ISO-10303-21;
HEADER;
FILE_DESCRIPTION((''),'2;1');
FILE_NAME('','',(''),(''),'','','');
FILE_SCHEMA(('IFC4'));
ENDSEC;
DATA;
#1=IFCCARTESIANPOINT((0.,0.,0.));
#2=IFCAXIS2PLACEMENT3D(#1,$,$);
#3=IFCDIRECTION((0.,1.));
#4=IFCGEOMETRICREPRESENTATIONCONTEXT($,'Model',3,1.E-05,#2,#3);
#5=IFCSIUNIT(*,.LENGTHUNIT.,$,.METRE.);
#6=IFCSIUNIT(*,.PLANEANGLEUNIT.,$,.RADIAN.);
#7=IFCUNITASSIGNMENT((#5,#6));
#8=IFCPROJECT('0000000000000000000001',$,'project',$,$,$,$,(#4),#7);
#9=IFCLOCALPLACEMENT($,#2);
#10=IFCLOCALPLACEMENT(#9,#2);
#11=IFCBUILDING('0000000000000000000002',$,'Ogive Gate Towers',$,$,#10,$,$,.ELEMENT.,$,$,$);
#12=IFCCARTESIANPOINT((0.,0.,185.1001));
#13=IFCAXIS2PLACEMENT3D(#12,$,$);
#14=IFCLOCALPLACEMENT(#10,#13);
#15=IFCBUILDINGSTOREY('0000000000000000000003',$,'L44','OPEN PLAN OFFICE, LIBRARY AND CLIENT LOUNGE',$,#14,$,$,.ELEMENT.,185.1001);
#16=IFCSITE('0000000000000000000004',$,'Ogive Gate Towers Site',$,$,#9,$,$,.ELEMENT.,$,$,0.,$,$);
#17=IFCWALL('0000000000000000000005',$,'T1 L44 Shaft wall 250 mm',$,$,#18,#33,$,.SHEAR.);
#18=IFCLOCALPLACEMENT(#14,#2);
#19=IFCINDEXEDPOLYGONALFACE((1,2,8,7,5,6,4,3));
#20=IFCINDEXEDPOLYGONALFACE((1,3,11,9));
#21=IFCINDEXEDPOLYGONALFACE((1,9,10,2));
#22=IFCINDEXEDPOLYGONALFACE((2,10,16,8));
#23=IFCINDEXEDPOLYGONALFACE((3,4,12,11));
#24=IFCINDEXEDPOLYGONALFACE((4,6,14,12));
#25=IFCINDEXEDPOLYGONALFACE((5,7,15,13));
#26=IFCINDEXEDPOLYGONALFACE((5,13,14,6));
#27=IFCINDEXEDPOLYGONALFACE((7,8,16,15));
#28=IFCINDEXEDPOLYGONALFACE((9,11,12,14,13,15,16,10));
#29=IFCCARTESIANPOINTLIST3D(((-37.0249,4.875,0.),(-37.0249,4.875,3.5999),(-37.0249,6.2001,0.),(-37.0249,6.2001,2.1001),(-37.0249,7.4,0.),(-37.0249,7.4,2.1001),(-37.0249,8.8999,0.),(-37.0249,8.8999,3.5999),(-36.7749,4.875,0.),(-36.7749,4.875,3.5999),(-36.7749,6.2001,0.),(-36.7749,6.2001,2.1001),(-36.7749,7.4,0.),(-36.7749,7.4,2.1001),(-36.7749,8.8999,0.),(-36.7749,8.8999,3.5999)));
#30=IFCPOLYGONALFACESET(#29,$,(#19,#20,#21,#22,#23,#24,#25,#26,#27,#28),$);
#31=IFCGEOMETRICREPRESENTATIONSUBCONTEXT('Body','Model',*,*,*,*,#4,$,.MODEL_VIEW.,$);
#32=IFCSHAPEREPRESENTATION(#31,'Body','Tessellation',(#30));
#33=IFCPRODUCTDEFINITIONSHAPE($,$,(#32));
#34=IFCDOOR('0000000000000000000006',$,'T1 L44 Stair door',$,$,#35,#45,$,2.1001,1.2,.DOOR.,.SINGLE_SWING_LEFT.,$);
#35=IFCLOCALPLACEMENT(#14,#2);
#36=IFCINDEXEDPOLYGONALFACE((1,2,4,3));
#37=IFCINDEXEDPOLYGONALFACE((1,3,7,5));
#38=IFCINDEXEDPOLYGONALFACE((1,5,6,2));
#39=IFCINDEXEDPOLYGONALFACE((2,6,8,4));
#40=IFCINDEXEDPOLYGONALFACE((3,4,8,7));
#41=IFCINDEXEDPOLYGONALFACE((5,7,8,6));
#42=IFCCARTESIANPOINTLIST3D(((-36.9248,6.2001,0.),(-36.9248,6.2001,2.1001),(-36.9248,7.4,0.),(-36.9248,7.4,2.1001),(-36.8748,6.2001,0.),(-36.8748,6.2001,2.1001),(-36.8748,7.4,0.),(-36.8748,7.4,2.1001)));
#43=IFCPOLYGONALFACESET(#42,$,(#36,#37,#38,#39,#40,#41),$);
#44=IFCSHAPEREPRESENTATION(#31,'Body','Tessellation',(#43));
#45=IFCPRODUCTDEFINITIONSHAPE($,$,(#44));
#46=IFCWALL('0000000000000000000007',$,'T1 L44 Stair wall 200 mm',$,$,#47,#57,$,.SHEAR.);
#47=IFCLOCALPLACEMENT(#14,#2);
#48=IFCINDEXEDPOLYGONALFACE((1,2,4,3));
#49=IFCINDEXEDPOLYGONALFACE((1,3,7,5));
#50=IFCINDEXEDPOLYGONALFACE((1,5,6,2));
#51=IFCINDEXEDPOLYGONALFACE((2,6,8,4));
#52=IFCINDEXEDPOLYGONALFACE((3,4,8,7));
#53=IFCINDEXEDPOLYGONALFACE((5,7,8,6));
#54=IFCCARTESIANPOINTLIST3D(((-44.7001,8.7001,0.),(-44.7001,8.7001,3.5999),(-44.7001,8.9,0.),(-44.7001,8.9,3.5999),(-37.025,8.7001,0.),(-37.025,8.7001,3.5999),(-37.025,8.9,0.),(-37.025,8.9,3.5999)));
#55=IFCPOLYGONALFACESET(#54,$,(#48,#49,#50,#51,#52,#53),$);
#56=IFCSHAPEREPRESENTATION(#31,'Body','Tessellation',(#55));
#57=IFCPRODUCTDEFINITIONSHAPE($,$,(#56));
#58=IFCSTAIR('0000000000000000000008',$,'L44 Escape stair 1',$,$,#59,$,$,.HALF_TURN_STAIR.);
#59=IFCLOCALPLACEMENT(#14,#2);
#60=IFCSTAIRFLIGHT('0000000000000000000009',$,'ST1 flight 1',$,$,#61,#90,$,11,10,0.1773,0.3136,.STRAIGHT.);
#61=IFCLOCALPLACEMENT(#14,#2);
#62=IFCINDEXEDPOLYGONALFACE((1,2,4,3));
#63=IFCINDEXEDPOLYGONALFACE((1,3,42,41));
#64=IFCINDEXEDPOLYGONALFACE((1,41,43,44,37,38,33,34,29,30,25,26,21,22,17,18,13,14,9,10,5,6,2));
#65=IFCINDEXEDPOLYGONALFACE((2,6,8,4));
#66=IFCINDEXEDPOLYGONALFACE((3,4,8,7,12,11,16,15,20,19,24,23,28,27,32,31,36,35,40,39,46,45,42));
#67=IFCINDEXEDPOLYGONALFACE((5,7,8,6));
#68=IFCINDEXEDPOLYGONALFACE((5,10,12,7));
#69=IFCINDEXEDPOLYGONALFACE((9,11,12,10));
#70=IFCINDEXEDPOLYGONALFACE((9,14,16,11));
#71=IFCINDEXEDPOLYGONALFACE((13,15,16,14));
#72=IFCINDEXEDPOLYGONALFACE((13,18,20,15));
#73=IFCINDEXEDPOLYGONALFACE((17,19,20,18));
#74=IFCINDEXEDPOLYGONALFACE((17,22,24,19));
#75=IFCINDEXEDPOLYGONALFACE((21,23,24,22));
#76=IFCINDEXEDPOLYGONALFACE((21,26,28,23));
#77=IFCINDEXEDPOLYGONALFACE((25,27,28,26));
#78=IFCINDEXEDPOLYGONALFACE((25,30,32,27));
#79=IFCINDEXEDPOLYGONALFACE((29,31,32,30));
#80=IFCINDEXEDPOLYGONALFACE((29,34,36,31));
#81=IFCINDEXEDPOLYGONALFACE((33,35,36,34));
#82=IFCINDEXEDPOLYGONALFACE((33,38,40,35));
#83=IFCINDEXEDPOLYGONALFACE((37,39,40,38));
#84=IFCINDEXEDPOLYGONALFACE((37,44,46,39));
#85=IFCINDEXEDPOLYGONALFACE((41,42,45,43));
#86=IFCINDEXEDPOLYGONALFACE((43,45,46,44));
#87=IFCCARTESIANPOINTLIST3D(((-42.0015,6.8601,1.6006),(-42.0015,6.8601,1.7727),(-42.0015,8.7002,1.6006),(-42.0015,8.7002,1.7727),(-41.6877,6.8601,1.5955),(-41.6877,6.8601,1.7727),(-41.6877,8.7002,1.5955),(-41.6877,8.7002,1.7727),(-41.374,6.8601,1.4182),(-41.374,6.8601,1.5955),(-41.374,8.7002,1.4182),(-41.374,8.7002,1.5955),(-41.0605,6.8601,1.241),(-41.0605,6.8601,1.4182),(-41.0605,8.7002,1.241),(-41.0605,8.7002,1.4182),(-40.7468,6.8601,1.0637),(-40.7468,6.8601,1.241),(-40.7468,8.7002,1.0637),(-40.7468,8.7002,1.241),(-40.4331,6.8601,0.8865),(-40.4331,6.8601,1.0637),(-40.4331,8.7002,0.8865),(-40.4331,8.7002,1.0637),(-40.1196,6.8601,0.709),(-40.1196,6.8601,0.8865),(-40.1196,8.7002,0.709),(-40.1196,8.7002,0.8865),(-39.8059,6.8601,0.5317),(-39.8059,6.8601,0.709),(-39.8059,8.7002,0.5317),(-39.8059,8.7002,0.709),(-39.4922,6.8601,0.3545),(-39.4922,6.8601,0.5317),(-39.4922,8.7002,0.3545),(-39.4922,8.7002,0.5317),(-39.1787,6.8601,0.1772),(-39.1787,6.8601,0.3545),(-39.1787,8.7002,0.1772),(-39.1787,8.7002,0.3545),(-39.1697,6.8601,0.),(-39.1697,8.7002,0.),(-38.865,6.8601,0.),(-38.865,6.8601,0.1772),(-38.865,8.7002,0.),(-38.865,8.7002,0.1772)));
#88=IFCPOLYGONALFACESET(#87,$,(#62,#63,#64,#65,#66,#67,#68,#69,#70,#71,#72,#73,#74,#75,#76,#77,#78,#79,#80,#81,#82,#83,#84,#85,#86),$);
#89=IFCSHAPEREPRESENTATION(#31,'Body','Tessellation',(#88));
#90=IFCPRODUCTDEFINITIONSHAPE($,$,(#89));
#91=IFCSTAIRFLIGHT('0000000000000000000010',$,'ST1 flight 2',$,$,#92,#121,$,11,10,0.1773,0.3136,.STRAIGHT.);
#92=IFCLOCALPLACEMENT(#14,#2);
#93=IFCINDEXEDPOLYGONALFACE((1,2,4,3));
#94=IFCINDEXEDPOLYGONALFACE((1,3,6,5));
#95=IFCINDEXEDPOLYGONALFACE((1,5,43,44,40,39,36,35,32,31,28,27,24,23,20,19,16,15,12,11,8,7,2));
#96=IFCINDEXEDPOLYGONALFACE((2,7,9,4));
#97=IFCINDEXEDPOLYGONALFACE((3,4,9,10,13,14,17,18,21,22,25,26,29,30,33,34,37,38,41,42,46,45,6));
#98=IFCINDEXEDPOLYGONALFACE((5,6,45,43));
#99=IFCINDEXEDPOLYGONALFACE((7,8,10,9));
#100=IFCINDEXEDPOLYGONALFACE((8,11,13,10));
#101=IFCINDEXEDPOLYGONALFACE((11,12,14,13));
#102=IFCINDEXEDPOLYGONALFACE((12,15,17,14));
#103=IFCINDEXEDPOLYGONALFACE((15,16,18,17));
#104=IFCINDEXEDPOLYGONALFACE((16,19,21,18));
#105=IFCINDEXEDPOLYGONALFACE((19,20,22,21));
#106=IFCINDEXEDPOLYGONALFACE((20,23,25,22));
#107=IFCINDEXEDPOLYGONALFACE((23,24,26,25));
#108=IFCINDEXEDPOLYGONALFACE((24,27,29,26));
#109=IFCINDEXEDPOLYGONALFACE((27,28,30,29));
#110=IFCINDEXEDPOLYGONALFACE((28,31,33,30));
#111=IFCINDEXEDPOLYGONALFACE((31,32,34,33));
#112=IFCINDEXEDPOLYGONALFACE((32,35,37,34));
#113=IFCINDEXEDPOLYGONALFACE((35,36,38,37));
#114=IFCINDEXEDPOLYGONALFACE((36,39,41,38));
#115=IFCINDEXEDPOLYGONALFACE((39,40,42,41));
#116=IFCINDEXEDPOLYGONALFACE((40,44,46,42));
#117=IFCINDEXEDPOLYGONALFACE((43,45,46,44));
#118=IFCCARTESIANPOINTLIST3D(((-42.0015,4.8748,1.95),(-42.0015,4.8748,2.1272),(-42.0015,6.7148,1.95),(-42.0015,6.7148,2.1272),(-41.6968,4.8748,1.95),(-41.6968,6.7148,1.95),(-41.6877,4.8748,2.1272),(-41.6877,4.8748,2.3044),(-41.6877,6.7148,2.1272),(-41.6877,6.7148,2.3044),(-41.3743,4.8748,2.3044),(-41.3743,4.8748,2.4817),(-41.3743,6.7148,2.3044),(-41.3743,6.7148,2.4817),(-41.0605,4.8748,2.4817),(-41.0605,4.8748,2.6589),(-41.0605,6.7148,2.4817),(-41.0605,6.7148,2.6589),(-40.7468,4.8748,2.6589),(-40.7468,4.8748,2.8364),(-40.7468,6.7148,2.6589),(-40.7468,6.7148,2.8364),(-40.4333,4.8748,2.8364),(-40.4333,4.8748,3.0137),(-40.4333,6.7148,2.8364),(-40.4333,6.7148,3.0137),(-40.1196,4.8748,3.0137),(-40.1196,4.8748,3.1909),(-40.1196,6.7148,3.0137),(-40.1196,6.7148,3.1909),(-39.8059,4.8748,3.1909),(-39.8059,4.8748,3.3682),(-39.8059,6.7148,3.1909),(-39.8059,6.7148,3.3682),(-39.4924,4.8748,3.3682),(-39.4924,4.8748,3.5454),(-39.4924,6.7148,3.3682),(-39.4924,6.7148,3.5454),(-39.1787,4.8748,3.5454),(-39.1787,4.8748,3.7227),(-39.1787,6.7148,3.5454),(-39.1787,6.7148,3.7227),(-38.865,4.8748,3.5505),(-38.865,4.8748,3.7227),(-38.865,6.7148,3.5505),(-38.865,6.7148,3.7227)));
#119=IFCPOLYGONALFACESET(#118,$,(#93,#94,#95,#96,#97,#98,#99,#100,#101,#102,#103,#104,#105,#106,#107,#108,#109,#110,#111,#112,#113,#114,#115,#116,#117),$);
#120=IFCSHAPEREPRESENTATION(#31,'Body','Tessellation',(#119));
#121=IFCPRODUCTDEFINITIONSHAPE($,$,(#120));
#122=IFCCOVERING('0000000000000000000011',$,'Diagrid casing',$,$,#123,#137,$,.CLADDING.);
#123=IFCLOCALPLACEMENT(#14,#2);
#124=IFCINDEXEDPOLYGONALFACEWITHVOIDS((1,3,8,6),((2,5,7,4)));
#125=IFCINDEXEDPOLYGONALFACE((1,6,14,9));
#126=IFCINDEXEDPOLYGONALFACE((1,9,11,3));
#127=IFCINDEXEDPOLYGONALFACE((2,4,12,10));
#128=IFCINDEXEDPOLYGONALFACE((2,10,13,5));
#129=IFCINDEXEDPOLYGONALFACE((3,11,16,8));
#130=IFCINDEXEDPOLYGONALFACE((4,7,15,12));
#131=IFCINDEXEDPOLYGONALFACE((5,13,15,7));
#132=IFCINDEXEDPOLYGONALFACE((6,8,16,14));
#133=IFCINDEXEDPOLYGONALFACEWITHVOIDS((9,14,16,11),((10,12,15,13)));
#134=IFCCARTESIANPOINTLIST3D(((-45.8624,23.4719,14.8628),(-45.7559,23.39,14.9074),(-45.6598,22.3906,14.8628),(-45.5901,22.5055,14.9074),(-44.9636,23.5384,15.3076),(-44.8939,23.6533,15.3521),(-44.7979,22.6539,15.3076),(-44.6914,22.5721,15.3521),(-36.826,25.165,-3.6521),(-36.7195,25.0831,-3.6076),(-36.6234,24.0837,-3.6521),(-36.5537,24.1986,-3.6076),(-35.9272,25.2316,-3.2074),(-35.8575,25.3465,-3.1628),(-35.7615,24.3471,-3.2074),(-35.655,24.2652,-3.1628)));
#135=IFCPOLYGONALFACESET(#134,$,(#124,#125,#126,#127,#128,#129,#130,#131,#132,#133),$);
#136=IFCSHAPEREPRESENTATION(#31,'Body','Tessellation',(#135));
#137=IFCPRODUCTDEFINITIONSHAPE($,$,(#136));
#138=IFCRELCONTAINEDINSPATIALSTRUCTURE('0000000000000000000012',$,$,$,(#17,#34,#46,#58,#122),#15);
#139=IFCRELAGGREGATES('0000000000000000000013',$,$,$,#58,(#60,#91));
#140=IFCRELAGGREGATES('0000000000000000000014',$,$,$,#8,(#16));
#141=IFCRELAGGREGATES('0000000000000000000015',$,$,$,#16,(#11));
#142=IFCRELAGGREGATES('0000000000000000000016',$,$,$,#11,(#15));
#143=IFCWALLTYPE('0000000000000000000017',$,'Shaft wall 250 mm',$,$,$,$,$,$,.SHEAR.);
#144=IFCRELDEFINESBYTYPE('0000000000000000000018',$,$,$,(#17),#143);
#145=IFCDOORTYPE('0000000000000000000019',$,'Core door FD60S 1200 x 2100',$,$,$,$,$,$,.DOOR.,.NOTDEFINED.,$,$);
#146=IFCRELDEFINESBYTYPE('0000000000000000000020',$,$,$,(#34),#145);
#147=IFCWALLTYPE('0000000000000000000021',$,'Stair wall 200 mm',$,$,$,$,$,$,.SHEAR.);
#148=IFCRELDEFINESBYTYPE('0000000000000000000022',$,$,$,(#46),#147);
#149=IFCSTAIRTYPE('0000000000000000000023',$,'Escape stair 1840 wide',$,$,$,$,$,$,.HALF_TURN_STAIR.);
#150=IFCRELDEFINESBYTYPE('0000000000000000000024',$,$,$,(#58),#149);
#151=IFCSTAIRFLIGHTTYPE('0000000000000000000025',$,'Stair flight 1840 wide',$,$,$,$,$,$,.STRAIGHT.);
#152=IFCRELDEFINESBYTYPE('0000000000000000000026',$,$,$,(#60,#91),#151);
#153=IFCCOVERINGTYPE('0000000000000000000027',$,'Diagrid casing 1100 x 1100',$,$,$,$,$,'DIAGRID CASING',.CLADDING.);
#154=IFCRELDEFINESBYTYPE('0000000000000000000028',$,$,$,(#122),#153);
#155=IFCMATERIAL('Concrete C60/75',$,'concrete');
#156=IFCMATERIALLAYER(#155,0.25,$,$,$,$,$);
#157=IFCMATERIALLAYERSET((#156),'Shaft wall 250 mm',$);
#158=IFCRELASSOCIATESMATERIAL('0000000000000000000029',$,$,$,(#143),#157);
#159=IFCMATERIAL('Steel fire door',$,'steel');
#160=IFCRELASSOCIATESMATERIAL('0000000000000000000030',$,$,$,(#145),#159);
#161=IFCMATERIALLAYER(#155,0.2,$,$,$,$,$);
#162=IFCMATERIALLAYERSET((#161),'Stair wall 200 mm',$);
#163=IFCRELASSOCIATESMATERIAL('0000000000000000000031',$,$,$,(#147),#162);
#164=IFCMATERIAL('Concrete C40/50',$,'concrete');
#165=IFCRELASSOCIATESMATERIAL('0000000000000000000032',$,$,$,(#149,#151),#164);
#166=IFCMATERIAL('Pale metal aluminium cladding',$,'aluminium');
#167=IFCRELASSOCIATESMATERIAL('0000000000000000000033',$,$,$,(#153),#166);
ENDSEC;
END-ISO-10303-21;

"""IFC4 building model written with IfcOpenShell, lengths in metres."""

from ifc_helpers import new_model, si_unit, direction, frame, frame_2d, origin, origin_2d, place, context, subcontext, project, spatial, polyline, rectangle, hollow_rectangle, outline, extrude, material, layer, layer_set, material_profile, profile_set, type_object, element, fill, aggregate, save


model = new_model("IFC4")

# Units and contexts
model_context = context("Model", 3, precision=1e-05, world=origin(), true_north=direction((0.0, 1.0)))
body_context = subcontext(model_context, "Body", "Model", "MODEL_VIEW")
ifc_project = project(units=[si_unit("LENGTHUNIT", "METRE"), si_unit("PLANEANGLEUNIT", "RADIAN")], contexts=[model_context])

# Site, building, storey
site_placement = place(None, origin())
site = spatial("IfcSite", under=ifc_project, at=site_placement, Name="Ogive Gate Towers Site", CompositionType="ELEMENT", RefElevation=0.0)
building_placement = place(site_placement, origin())
building = spatial("IfcBuilding", under=site, at=building_placement, Name="Ogive Gate Towers", CompositionType="ELEMENT")
storey_placement = place(building_placement, frame((0.0, 0.0, 185.1001)))
storey = spatial("IfcBuildingStorey", under=building, at=storey_placement, Name="L44", Description="OPEN PLAN OFFICE, LIBRARY AND CLIENT LOUNGE", CompositionType="ELEMENT", Elevation=185.1001)

# Shared definitions
ifc_material_1 = material(Name="Concrete C60/75", Category="concrete")
ifc_layer_1 = layer(ifc_material_1, 0.25)
ifc_layer_set_1 = layer_set([ifc_layer_1], Name="Shaft wall 250 mm")
wall_type_1 = type_object("IfcWallType", Name="Shaft wall 250 mm", PredefinedType="SHEAR", material=ifc_layer_set_1)

# Wall, opening, door
wall_1_placement = place(storey_placement, frame((-36.8999, 4.875, 0.0), z_axis=(0.0, 0.0, 1.0), x_axis=(0.0, 1.0, 0.0)))
wall_1 = element("IfcWall", 1, at=wall_1_placement, inside=storey, type_object=wall_type_1, Name="T1 L44 Shaft wall 250 mm", PredefinedType="SHEAR", context=body_context, shape_type="SweptSolid", body=[
    extrude(rectangle(XDim=4.0249, YDim=0.25, at=frame_2d((2.0125, 0.0))), origin(), (0.0, 0.0, 1.0), 3.5999),
])
opening_1_placement = place(wall_1_placement, frame((1.325, 0.0, 0.0)))
opening_1 = element("IfcOpeningElement", 2, at=opening_1_placement, cuts=wall_1, PredefinedType="OPENING", context=body_context, shape_type="SweptSolid", body=[
    extrude(rectangle(XDim=1.2, YDim=2.1001, at=frame_2d((0.6001, 1.05))), frame((0.0, 0.135, 0.0), z_axis=(0.0, -1.0, 0.0), x_axis=(1.0, 0.0, 0.0)), (0.0, 0.0, 1.0), 0.27),
])
ifc_material_2 = material(Name="Steel fire door", Category="steel")
door_type_1 = type_object("IfcDoorType", Name="Core door FD60S 1200 x 2100", OperationType="NOTDEFINED", PredefinedType="DOOR", material=ifc_material_2)
door_1_placement = place(opening_1_placement, origin())
door_1 = element("IfcDoor", 3, at=door_1_placement, inside=storey, type_object=door_type_1, Name="T1 L44 Stair door", OperationType="SINGLE_SWING_LEFT", OverallHeight=2.1001, OverallWidth=1.2, PredefinedType="DOOR", context=body_context, shape_type="SweptSolid", body=[
    extrude(rectangle(XDim=1.2, YDim=2.1001, at=frame_2d((0.6001, 1.05))), frame((0.0, 0.0249, 0.0), z_axis=(0.0, -1.0, 0.0), x_axis=(1.0, 0.0, 0.0)), (0.0, 0.0, 1.0), 0.05),
])
fill(opening_1, door_1)

# Wall
ifc_layer_2 = layer(ifc_material_1, 0.2)
ifc_layer_set_2 = layer_set([ifc_layer_2], Name="Stair wall 200 mm")
wall_type_2 = type_object("IfcWallType", Name="Stair wall 200 mm", PredefinedType="SHEAR", material=ifc_layer_set_2)
wall_2_placement = place(storey_placement, frame((-44.7, 8.8, 0.0), z_axis=(0.0, 0.0, 1.0), x_axis=(1.0, 0.0, 0.0)))
element("IfcWall", 4, at=wall_2_placement, inside=storey, type_object=wall_type_2, Name="T1 L44 Stair wall 200 mm", PredefinedType="SHEAR", context=body_context, shape_type="SweptSolid", body=[
    extrude(rectangle(XDim=7.675, YDim=0.2, at=frame_2d((3.8374, 0.0))), origin(), (0.0, 0.0, 1.0), 3.5999),
])

# Stair, stair flights
ifc_material_3 = material(Name="Concrete C40/50", Category="concrete")
stair_type = type_object("IfcStairType", Name="Escape stair 1840 wide", PredefinedType="HALF_TURN_STAIR", material=ifc_material_3)
stair_placement = place(storey_placement, origin())
stair = element("IfcStair", 5, at=stair_placement, inside=storey, type_object=stair_type, Name="L44 Escape stair 1", PredefinedType="HALF_TURN_STAIR")
stair_flight_type = type_object("IfcStairFlightType", Name="Stair flight 1840 wide", PredefinedType="STRAIGHT", material=ifc_material_3)
stair_flight_1_placement = place(storey_placement, frame((-38.865, 7.78, 0.0), z_axis=(0.0, 0.0, 1.0), x_axis=(-1.0, 0.0, 0.0)))
stair_flight_1 = element("IfcStairFlight", 6, at=stair_flight_1_placement, type_object=stair_flight_type, Name="ST1 flight 1", NumberOfRisers=11, NumberOfTreads=10, PredefinedType="STRAIGHT", RiserHeight=0.1773, TreadLength=0.3136, context=body_context, shape_type="SweptSolid", body=[
    extrude(outline(polyline([(0.0, 0.0), (0.0, 0.1772), (0.3137, 0.1772), (0.3137, 0.3545), (0.6272, 0.3545), (0.6272, 0.5317), (0.9409, 0.5317), (0.9409, 0.709), (1.2546, 0.709), (1.2546, 0.8865), (1.5681, 0.8865), (1.5681, 1.0637), (1.8818, 1.0637), (1.8818, 1.241), (2.1956, 1.241), (2.1956, 1.4182), (2.509, 1.4182), (2.509, 1.5955), (2.8228, 1.5955), (2.8228, 1.7727), (3.1365, 1.7727), (3.1365, 1.95), (3.1365, 1.6006), (0.3047, 0.0), (0.0, 0.0)])), frame((0.0, 0.9199, 0.0), z_axis=(0.0, -1.0, 0.0), x_axis=(1.0, 0.0, 0.0)), (0.0, 0.0, 1.0), 1.8401),
])
stair_flight_2_placement = place(storey_placement, frame((-42.0015, 5.7949, 1.95), z_axis=(0.0, 0.0, 1.0), x_axis=(1.0, 0.0, 0.0)))
stair_flight_2 = element("IfcStairFlight", 7, at=stair_flight_2_placement, type_object=stair_flight_type, Name="ST1 flight 2", NumberOfRisers=11, NumberOfTreads=10, PredefinedType="STRAIGHT", RiserHeight=0.1773, TreadLength=0.3136, context=body_context, shape_type="SweptSolid", body=[
    extrude(outline(polyline([(0.0, 0.0), (0.0, 0.1772), (0.3137, 0.1772), (0.3137, 0.3545), (0.6272, 0.3545), (0.6272, 0.5317), (0.9409, 0.5317), (0.9409, 0.709), (1.2546, 0.709), (1.2546, 0.8865), (1.5681, 0.8865), (1.5681, 1.0637), (1.8818, 1.0637), (1.8818, 1.241), (2.1956, 1.241), (2.1956, 1.4182), (2.509, 1.4182), (2.509, 1.5955), (2.8228, 1.5955), (2.8228, 1.7727), (3.1365, 1.7727), (3.1365, 1.95), (3.1365, 1.6006), (0.3047, 0.0), (0.0, 0.0)])), frame((0.0, 0.9199, 0.0), z_axis=(0.0, -1.0, 0.0), x_axis=(1.0, 0.0, 0.0)), (0.0, 0.0, 1.0), 1.8401),
])
aggregate(stair, [stair_flight_1, stair_flight_2])

# Covering
ifc_material_4 = material(Name="Pale metal aluminium cladding", Category="aluminium")
ifc_material_profile_1 = material_profile(ifc_material_4, hollow_rectangle(XDim=1.1001, YDim=1.1001, WallThickness=0.1001, at=origin_2d()), Name="1100 x 1100 pale metal casing")
ifc_profile_set_1 = profile_set([ifc_material_profile_1], Name="Pale metal aluminium cladding")
covering_type = type_object("IfcCoveringType", Name="Diagrid casing 1100 x 1100", ElementType="DIAGRID CASING", PredefinedType="CLADDING", material=ifc_profile_set_1)
covering_placement = place(storey_placement, frame((-36.2405, 24.7151, -3.4075), z_axis=(-0.437135, -0.081905, 0.895659), x_axis=(0.184162, -0.982896, 0.0)))
element("IfcCovering", 8, at=covering_placement, inside=storey, type_object=covering_type, Name="Diagrid casing", PredefinedType="CLADDING", context=body_context, shape_type="SweptSolid", body=[
    extrude(hollow_rectangle(XDim=1.1001, YDim=1.1001, WallThickness=0.1001, at=origin_2d()), origin(), (0.0, 0.0, 1.0), 20.6719),
])

save(model, "model.ifc")
